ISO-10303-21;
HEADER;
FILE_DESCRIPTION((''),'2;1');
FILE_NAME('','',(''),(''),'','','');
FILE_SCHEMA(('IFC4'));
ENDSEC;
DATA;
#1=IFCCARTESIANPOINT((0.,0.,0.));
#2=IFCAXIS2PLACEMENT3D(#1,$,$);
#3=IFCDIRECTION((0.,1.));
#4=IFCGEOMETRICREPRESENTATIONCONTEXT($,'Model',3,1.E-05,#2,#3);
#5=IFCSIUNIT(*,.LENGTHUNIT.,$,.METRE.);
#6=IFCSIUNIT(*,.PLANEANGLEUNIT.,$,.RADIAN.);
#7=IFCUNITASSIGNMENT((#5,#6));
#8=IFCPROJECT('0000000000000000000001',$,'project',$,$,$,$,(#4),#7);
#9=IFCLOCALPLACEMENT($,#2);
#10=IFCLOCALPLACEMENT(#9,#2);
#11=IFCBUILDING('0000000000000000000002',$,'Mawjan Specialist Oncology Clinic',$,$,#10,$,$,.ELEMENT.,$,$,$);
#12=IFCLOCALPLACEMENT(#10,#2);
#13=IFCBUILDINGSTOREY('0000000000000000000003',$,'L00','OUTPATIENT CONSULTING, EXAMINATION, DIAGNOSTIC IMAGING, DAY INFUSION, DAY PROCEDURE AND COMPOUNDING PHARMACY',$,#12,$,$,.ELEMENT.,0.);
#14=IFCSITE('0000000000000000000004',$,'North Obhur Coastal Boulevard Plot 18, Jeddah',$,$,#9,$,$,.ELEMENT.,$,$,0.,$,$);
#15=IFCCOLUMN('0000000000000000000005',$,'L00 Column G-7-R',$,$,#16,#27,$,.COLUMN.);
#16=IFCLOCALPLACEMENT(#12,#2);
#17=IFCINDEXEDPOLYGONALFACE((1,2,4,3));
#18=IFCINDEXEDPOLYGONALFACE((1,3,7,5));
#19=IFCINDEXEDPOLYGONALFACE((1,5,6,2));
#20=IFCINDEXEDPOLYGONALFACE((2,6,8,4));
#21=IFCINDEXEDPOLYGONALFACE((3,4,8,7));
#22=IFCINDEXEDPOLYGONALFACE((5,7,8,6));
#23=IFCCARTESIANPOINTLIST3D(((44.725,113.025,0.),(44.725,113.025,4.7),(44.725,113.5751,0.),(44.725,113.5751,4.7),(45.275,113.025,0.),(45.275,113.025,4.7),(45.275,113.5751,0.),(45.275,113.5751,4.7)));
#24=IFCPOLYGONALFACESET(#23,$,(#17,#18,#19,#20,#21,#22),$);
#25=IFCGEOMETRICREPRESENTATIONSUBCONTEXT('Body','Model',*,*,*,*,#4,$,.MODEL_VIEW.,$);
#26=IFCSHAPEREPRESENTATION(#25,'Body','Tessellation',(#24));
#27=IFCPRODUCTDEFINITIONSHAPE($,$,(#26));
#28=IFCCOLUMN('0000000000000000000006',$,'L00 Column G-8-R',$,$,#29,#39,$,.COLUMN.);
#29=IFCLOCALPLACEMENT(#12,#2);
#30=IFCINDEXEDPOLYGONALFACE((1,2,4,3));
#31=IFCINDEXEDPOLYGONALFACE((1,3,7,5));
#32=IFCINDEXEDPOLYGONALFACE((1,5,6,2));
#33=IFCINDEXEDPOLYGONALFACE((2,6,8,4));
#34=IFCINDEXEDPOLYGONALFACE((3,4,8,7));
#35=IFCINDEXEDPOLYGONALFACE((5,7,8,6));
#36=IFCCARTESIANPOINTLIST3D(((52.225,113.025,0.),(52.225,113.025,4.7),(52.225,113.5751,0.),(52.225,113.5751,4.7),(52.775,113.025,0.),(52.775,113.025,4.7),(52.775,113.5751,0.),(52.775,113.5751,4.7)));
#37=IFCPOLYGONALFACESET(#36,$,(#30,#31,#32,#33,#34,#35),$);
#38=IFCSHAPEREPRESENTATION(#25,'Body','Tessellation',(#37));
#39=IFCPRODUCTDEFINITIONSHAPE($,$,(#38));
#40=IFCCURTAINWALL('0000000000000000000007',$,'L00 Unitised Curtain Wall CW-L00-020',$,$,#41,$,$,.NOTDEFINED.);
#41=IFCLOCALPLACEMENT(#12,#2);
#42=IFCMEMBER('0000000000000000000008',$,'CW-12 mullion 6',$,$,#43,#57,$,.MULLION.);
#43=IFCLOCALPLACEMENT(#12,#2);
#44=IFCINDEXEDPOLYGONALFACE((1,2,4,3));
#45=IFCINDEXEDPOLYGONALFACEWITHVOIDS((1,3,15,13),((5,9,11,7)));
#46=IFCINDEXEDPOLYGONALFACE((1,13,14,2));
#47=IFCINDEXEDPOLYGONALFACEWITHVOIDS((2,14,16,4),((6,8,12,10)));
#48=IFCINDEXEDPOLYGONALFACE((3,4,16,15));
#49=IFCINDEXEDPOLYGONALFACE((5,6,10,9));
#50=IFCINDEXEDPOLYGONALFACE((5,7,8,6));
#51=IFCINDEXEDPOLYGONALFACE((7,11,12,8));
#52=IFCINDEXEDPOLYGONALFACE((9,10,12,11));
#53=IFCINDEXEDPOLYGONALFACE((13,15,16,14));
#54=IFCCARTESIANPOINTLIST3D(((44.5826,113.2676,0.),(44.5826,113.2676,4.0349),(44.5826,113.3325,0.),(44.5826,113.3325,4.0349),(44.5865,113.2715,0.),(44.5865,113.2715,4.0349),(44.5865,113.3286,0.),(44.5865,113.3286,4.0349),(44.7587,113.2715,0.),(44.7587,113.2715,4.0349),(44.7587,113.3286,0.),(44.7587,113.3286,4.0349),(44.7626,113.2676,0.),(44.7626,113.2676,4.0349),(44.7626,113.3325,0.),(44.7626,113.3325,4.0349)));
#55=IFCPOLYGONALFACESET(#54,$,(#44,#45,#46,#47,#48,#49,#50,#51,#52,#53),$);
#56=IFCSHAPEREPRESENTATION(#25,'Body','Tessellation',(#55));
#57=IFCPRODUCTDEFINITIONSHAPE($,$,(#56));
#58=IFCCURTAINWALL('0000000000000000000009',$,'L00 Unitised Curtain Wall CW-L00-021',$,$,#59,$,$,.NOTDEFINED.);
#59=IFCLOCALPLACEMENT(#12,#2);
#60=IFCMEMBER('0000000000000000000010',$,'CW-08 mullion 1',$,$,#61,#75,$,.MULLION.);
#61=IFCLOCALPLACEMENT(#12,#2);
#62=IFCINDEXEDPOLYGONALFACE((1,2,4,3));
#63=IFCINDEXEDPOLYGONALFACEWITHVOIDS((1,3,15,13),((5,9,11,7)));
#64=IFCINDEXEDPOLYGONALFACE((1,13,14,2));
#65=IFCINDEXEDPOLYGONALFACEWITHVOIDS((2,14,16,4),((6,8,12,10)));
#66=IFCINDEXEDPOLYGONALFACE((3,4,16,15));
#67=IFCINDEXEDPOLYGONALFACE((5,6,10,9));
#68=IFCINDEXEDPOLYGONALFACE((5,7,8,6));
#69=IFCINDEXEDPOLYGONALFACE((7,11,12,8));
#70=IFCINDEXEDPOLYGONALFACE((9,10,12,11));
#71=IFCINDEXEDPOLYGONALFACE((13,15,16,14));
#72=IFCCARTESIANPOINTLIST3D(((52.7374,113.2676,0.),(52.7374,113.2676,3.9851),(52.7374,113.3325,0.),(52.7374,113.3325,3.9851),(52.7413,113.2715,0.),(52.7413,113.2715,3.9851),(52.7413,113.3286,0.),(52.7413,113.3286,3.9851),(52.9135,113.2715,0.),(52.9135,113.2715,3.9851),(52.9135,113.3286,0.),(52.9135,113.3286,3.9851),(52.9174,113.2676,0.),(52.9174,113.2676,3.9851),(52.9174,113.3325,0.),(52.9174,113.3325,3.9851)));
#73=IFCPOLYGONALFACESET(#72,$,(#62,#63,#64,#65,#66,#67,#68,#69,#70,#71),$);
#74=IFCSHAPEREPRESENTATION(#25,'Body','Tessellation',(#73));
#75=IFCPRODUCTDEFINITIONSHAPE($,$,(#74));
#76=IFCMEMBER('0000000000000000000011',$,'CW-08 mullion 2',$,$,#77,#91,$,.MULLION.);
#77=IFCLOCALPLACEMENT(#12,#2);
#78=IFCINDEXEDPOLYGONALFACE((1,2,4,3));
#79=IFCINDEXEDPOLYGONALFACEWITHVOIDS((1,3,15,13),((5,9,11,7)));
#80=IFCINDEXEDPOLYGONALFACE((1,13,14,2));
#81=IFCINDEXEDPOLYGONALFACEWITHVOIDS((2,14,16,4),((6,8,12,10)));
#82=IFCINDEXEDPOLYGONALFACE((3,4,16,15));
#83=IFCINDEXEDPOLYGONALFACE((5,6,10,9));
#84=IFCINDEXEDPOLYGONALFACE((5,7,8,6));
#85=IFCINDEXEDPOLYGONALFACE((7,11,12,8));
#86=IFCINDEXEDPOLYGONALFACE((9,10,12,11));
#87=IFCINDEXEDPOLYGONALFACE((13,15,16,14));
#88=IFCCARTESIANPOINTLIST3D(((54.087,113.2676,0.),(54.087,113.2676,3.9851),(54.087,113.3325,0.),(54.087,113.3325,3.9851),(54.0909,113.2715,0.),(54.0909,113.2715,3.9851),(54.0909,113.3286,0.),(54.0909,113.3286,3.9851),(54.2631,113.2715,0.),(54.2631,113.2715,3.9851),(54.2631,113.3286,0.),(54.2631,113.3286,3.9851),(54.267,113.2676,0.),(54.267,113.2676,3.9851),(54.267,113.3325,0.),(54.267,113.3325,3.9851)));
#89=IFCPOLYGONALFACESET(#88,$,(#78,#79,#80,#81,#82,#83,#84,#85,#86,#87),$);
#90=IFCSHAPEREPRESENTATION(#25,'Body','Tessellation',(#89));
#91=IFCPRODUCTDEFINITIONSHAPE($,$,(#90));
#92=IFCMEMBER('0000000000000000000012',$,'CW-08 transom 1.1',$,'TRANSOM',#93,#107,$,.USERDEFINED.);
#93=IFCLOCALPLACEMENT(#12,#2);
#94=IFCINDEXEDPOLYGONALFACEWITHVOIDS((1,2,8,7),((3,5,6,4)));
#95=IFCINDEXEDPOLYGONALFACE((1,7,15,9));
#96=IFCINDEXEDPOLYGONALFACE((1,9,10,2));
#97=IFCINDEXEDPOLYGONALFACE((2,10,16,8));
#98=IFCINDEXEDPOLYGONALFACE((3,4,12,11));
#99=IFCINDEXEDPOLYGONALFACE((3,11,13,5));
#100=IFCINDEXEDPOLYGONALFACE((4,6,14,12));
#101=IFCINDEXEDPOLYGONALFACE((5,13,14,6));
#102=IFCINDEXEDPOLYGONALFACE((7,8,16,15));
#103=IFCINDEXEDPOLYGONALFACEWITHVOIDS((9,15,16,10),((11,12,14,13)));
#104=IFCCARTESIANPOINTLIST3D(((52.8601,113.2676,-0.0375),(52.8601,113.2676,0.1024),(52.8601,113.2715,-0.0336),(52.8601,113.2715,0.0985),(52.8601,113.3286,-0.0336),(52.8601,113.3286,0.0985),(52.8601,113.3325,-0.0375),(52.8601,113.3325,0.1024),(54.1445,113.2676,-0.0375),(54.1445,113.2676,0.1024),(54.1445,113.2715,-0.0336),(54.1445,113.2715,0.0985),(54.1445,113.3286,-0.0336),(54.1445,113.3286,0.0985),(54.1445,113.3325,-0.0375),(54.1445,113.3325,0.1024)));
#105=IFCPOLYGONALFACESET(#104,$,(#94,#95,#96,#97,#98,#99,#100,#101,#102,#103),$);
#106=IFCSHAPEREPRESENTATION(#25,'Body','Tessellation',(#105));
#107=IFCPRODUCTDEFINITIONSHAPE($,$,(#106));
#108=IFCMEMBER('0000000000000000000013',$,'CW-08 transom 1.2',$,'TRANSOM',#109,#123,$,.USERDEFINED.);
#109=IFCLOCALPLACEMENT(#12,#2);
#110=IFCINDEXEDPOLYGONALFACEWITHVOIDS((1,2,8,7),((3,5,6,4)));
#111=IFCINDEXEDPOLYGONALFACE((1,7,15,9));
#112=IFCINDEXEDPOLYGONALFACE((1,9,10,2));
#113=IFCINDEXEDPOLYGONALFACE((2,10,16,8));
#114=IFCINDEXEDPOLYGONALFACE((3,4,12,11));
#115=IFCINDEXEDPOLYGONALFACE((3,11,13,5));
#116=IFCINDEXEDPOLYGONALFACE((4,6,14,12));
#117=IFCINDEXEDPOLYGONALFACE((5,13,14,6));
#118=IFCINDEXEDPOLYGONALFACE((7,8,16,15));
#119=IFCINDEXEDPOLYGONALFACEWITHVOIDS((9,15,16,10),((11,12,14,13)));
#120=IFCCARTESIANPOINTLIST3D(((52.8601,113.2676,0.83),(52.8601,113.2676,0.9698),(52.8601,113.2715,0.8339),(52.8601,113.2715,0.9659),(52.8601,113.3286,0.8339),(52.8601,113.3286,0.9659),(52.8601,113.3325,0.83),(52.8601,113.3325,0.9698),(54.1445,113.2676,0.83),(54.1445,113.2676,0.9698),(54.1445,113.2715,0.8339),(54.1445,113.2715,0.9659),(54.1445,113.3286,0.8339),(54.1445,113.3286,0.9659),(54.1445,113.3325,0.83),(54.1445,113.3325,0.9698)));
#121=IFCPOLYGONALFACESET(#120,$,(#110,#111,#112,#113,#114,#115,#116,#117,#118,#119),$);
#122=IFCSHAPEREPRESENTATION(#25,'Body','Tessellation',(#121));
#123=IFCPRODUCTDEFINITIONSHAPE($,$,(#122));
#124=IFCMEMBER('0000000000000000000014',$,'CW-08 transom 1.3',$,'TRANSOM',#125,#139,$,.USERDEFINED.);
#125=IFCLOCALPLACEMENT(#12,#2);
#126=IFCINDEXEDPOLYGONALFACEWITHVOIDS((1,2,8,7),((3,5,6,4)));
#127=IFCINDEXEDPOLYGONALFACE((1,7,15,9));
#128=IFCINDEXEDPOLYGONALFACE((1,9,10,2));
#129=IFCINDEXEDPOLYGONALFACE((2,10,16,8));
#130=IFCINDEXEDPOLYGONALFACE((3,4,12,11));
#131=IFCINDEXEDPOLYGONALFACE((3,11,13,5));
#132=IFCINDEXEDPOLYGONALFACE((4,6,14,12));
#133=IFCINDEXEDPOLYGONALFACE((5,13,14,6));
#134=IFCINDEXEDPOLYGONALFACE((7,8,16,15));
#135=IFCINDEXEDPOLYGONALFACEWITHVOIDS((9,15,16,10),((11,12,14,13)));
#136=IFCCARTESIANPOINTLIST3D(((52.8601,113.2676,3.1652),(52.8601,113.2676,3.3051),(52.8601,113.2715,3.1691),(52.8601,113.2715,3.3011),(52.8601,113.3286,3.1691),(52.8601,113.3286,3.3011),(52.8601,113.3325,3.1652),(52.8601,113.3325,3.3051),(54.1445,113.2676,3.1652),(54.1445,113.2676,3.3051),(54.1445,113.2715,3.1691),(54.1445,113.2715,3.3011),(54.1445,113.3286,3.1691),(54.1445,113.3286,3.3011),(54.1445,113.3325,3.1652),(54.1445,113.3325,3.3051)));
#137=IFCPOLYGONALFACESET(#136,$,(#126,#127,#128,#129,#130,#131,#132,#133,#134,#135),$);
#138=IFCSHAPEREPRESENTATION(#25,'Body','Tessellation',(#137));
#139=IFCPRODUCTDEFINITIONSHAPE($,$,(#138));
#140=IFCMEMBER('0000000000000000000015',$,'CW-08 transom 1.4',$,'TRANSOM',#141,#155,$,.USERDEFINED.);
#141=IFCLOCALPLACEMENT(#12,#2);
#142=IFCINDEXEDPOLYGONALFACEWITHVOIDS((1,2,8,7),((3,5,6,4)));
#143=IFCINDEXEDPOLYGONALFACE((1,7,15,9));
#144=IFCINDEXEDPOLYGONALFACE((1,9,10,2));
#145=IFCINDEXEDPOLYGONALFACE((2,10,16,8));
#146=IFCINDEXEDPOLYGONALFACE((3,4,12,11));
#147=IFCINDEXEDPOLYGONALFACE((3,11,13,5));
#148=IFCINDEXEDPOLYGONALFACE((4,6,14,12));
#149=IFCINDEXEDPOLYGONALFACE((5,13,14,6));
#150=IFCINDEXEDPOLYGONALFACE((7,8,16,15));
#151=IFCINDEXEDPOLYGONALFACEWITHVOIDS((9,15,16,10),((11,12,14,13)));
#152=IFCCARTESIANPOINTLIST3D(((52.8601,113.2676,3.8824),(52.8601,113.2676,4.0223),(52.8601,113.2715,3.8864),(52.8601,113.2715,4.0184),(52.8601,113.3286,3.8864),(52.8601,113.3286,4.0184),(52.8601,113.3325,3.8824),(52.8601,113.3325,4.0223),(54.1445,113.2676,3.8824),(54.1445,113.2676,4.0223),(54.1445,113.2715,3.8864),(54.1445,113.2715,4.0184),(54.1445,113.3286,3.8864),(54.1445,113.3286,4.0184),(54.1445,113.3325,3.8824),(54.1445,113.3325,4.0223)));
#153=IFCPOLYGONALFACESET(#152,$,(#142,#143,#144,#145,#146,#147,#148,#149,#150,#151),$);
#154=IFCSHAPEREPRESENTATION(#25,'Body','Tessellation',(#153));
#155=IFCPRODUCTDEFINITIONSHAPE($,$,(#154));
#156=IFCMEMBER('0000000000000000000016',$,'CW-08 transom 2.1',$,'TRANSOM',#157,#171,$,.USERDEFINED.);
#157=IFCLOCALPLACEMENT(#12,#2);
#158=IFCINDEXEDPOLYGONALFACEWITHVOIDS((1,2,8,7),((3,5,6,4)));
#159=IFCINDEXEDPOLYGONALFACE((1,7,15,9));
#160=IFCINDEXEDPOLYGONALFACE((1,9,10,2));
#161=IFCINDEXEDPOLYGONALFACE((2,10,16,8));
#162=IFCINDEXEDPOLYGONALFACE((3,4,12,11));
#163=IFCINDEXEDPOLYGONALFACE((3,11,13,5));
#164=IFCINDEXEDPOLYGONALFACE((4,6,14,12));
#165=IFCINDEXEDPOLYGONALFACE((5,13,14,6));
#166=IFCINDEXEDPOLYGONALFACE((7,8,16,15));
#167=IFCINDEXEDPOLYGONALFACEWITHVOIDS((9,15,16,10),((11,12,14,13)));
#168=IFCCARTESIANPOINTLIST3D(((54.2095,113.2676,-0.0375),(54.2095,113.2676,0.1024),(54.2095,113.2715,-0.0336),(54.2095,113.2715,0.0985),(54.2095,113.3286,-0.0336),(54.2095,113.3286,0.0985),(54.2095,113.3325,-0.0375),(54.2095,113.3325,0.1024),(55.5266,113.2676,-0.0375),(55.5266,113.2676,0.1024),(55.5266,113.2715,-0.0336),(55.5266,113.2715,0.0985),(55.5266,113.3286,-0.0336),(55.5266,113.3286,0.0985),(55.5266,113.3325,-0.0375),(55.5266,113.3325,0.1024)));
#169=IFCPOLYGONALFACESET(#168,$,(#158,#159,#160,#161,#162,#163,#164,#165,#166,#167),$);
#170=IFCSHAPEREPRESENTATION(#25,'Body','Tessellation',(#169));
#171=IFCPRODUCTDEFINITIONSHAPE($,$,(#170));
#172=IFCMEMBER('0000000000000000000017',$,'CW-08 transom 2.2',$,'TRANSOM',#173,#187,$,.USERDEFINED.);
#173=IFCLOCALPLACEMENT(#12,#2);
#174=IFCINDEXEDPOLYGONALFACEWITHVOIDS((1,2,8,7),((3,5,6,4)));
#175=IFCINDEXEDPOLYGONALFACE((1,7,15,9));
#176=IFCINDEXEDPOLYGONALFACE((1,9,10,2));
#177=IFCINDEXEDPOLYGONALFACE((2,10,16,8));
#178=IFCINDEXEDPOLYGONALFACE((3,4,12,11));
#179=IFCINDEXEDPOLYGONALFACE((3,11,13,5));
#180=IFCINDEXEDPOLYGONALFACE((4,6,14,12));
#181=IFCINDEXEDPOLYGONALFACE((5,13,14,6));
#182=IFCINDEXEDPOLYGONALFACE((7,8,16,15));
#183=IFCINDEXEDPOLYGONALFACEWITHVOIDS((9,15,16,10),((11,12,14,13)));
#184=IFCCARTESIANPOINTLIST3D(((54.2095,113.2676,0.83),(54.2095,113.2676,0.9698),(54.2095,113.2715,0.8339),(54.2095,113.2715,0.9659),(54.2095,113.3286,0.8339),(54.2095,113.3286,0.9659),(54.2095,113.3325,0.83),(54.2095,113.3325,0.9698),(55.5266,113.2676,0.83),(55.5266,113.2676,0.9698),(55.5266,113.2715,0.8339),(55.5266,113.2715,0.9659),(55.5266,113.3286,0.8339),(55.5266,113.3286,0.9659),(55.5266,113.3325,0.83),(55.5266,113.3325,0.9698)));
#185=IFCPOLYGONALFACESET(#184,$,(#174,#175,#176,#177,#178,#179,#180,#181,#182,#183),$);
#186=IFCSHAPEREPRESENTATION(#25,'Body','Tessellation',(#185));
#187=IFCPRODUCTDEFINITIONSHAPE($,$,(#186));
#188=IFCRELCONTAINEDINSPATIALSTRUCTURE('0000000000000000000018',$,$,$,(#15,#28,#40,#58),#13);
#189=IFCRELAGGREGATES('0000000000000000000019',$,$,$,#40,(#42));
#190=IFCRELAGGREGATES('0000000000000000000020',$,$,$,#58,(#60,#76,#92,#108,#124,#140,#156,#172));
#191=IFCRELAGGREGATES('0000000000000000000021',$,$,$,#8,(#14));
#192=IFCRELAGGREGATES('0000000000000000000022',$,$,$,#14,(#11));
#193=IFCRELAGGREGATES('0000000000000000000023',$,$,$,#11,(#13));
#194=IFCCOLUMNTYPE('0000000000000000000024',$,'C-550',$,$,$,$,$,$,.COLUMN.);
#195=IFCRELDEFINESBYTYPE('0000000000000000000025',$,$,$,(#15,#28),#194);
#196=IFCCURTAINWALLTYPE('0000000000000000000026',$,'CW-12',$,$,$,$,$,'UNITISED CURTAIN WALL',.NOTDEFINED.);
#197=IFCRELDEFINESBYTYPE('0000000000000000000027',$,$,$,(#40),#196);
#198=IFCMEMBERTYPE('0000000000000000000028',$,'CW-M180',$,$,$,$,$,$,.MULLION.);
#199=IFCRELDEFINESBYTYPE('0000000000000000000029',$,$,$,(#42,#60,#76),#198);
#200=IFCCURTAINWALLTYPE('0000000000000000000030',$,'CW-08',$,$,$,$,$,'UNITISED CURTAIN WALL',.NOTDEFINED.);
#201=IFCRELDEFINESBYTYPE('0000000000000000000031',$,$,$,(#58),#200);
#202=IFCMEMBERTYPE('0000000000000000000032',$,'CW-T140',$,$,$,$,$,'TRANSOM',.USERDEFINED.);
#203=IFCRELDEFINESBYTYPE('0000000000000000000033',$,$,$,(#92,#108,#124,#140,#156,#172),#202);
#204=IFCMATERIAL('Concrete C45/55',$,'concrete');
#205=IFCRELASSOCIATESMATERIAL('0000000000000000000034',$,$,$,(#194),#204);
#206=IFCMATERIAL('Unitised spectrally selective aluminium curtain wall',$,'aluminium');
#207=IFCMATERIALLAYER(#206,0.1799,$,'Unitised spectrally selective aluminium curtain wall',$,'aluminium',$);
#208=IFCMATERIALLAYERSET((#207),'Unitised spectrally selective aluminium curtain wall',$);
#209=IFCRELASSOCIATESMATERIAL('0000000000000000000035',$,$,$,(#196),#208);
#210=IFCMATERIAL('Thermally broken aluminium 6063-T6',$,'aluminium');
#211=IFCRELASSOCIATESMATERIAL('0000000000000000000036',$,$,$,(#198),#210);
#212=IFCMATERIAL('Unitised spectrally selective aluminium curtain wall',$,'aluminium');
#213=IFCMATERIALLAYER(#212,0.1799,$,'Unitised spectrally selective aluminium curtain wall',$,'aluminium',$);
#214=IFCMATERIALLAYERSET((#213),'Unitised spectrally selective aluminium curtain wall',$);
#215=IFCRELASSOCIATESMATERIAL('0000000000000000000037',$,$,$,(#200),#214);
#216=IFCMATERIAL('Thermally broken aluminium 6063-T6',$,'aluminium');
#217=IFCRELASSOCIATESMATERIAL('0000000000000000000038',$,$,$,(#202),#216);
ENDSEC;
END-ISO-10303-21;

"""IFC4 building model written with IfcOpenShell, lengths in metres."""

from ifc_helpers import new_model, si_unit, direction, frame, origin, origin_2d, place, context, subcontext, project, spatial, rectangle, hollow_rectangle, extrude, material, layer, layer_set, material_profile, profile_set, type_object, element, aggregate, save


model = new_model("IFC4")

# Units and contexts
model_context = context("Model", 3, precision=1e-05, world=origin(), true_north=direction((0.0, 1.0)))
body_context = subcontext(model_context, "Body", "Model", "MODEL_VIEW")
ifc_project = project(units=[si_unit("LENGTHUNIT", "METRE"), si_unit("PLANEANGLEUNIT", "RADIAN")], contexts=[model_context])

# Site, building, storey
site_placement = place(None, origin())
site = spatial("IfcSite", under=ifc_project, at=site_placement, Name="North Obhur Coastal Boulevard Plot 18, Jeddah", CompositionType="ELEMENT", RefElevation=0.0)
building_placement = place(site_placement, origin())
building = spatial("IfcBuilding", under=site, at=building_placement, Name="Mawjan Specialist Oncology Clinic", CompositionType="ELEMENT")
storey_placement = place(building_placement, origin())
storey = spatial("IfcBuildingStorey", under=building, at=storey_placement, Name="L00", Description="OUTPATIENT CONSULTING, EXAMINATION, DIAGNOSTIC IMAGING, DAY INFUSION, DAY PROCEDURE AND COMPOUNDING PHARMACY", CompositionType="ELEMENT", Elevation=0.0)

# Columns
ifc_material_1 = material(Name="Concrete C45/55", Category="concrete")
ifc_material_profile_1 = material_profile(ifc_material_1, rectangle(XDim=0.55, YDim=0.55, at=origin_2d()), Name="RC COL 550x550", Category="concrete")
ifc_profile_set_1 = profile_set([ifc_material_profile_1], Name="Concrete C45/55")
column_type = type_object("IfcColumnType", Name="C-550", PredefinedType="COLUMN", material=ifc_profile_set_1)
for number, where, z_axis, x_axis, name in (
    (1, (45.0, 113.3, 0.0), (0.0, 0.0, 1.0), (1.0, 0.0, 0.0), "L00 Column G-7-R"),
    (2, (52.5, 113.3, 0.0), (0.0, 0.0, 1.0), (1.0, 0.0, 0.0), "L00 Column G-8-R"),
):
    element("IfcColumn", number, at=place(storey_placement, frame(where, z_axis=z_axis, x_axis=x_axis)), inside=storey, type_object=column_type, Name=name, PredefinedType="COLUMN", context=body_context, shape_type="SweptSolid", body=[
        extrude(rectangle(XDim=0.55, YDim=0.55, at=origin_2d()), origin(), (0.0, 0.0, 1.0), 4.7),
    ])

# Curtain wall, member
ifc_material_2 = material(Name="Unitised spectrally selective aluminium curtain wall", Category="aluminium")
ifc_layer_1 = layer(ifc_material_2, 0.1799, Name="Unitised spectrally selective aluminium curtain wall", Category="aluminium")
ifc_layer_set_1 = layer_set([ifc_layer_1], Name="Unitised spectrally selective aluminium curtain wall")
curtain_wall_type_1 = type_object("IfcCurtainWallType", Name="CW-12", ElementType="UNITISED CURTAIN WALL", PredefinedType="NOTDEFINED", material=ifc_layer_set_1)
curtain_wall_1_placement = place(storey_placement, origin())
curtain_wall_1 = element("IfcCurtainWall", 3, at=curtain_wall_1_placement, inside=storey, type_object=curtain_wall_type_1, Name="L00 Unitised Curtain Wall CW-L00-020", PredefinedType="NOTDEFINED")
ifc_material_3 = material(Name="Thermally broken aluminium 6063-T6", Category="aluminium")
ifc_material_profile_2 = material_profile(ifc_material_3, hollow_rectangle(XDim=0.0649, YDim=0.1799, WallThickness=0.0039, at=origin_2d()), Name="ALU MULLION 180x65x4", Category="aluminium")
ifc_profile_set_2 = profile_set([ifc_material_profile_2], Name="Thermally broken aluminium 6063-T6")
member_type_1 = type_object("IfcMemberType", Name="CW-M180", PredefinedType="MULLION", material=ifc_profile_set_2)
member_1_placement = place(storey_placement, frame((44.6726, 113.3, 0.0), z_axis=(0.0, 0.0, 1.0), x_axis=(0.0, 1.0, 0.0)))
member_1 = element("IfcMember", 4, at=member_1_placement, type_object=member_type_1, Name="CW-12 mullion 6", PredefinedType="MULLION", context=body_context, shape_type="SweptSolid", body=[
    extrude(hollow_rectangle(XDim=0.0649, YDim=0.1799, WallThickness=0.0039, at=origin_2d()), origin(), (0.0, 0.0, 1.0), 4.0349),
])

# Curtain wall, members
ifc_material_4 = material(Name="Unitised spectrally selective aluminium curtain wall", Category="aluminium")
ifc_layer_2 = layer(ifc_material_4, 0.1799, Name="Unitised spectrally selective aluminium curtain wall", Category="aluminium")
ifc_layer_set_2 = layer_set([ifc_layer_2], Name="Unitised spectrally selective aluminium curtain wall")
curtain_wall_type_2 = type_object("IfcCurtainWallType", Name="CW-08", ElementType="UNITISED CURTAIN WALL", PredefinedType="NOTDEFINED", material=ifc_layer_set_2)
curtain_wall_2_placement = place(storey_placement, origin())
curtain_wall_2 = element("IfcCurtainWall", 5, at=curtain_wall_2_placement, inside=storey, type_object=curtain_wall_type_2, Name="L00 Unitised Curtain Wall CW-L00-021", PredefinedType="NOTDEFINED")
member_2_placement = place(storey_placement, frame((52.8274, 113.3, 0.0), z_axis=(0.0, 0.0, 1.0), x_axis=(0.0, 1.0, 0.0)))
member_2 = element("IfcMember", 6, at=member_2_placement, type_object=member_type_1, Name="CW-08 mullion 1", PredefinedType="MULLION", context=body_context, shape_type="SweptSolid", body=[
    extrude(hollow_rectangle(XDim=0.0649, YDim=0.1799, WallThickness=0.0039, at=origin_2d()), origin(), (0.0, 0.0, 1.0), 3.9851),
])
member_3_placement = place(storey_placement, frame((54.177, 113.3, 0.0), z_axis=(0.0, 0.0, 1.0), x_axis=(0.0, 1.0, 0.0)))
member_3 = element("IfcMember", 7, at=member_3_placement, type_object=member_type_1, Name="CW-08 mullion 2", PredefinedType="MULLION", context=body_context, shape_type="SweptSolid", body=[
    extrude(hollow_rectangle(XDim=0.0649, YDim=0.1799, WallThickness=0.0039, at=origin_2d()), origin(), (0.0, 0.0, 1.0), 3.9851),
])
ifc_material_5 = material(Name="Thermally broken aluminium 6063-T6", Category="aluminium")
ifc_material_profile_3 = material_profile(ifc_material_5, hollow_rectangle(XDim=0.0649, YDim=0.1399, WallThickness=0.0039, at=origin_2d()), Name="ALU TRANSOM 140x65x4", Category="aluminium")
ifc_profile_set_3 = profile_set([ifc_material_profile_3], Name="Thermally broken aluminium 6063-T6")
member_type_2 = type_object("IfcMemberType", Name="CW-T140", ElementType="TRANSOM", PredefinedType="USERDEFINED", material=ifc_profile_set_3)
member_4_placement = place(storey_placement, frame((52.8601, 113.3, 0.0325), z_axis=(1.0, 0.0, 0.0), x_axis=(0.0, 1.0, 0.0)))
member_4 = element("IfcMember", 8, at=member_4_placement, type_object=member_type_2, Name="CW-08 transom 1.1", ObjectType="TRANSOM", PredefinedType="USERDEFINED", context=body_context, shape_type="SweptSolid", body=[
    extrude(hollow_rectangle(XDim=0.0649, YDim=0.1399, WallThickness=0.0039, at=origin_2d()), origin(), (0.0, 0.0, 1.0), 1.2844),
])
member_5_placement = place(storey_placement, frame((52.8601, 113.3, 0.8999), z_axis=(1.0, 0.0, 0.0), x_axis=(0.0, 1.0, 0.0)))
member_5 = element("IfcMember", 9, at=member_5_placement, type_object=member_type_2, Name="CW-08 transom 1.2", ObjectType="TRANSOM", PredefinedType="USERDEFINED", context=body_context, shape_type="SweptSolid", body=[
    extrude(hollow_rectangle(XDim=0.0649, YDim=0.1399, WallThickness=0.0039, at=origin_2d()), origin(), (0.0, 0.0, 1.0), 1.2844),
])
member_6_placement = place(storey_placement, frame((52.8601, 113.3, 3.2351), z_axis=(1.0, 0.0, 0.0), x_axis=(0.0, 1.0, 0.0)))
member_6 = element("IfcMember", 10, at=member_6_placement, type_object=member_type_2, Name="CW-08 transom 1.3", ObjectType="TRANSOM", PredefinedType="USERDEFINED", context=body_context, shape_type="SweptSolid", body=[
    extrude(hollow_rectangle(XDim=0.0649, YDim=0.1399, WallThickness=0.0039, at=origin_2d()), origin(), (0.0, 0.0, 1.0), 1.2844),
])
member_7_placement = place(storey_placement, frame((52.8601, 113.3, 3.9524), z_axis=(1.0, 0.0, 0.0), x_axis=(0.0, 1.0, 0.0)))
member_7 = element("IfcMember", 11, at=member_7_placement, type_object=member_type_2, Name="CW-08 transom 1.4", ObjectType="TRANSOM", PredefinedType="USERDEFINED", context=body_context, shape_type="SweptSolid", body=[
    extrude(hollow_rectangle(XDim=0.0649, YDim=0.1399, WallThickness=0.0039, at=origin_2d()), origin(), (0.0, 0.0, 1.0), 1.2844),
])
member_8_placement = place(storey_placement, frame((54.2095, 113.3, 0.0325), z_axis=(1.0, 0.0, 0.0), x_axis=(0.0, 1.0, 0.0)))
member_8 = element("IfcMember", 12, at=member_8_placement, type_object=member_type_2, Name="CW-08 transom 2.1", ObjectType="TRANSOM", PredefinedType="USERDEFINED", context=body_context, shape_type="SweptSolid", body=[
    extrude(hollow_rectangle(XDim=0.0649, YDim=0.1399, WallThickness=0.0039, at=origin_2d()), origin(), (0.0, 0.0, 1.0), 1.3171),
])
member_9_placement = place(storey_placement, frame((54.2095, 113.3, 0.8999), z_axis=(1.0, 0.0, 0.0), x_axis=(0.0, 1.0, 0.0)))
member_9 = element("IfcMember", 13, at=member_9_placement, type_object=member_type_2, Name="CW-08 transom 2.2", ObjectType="TRANSOM", PredefinedType="USERDEFINED", context=body_context, shape_type="SweptSolid", body=[
    extrude(hollow_rectangle(XDim=0.0649, YDim=0.1399, WallThickness=0.0039, at=origin_2d()), origin(), (0.0, 0.0, 1.0), 1.3171),
])

aggregate(curtain_wall_1, [member_1])
aggregate(curtain_wall_2, [member_2, member_3, member_4, member_5, member_6, member_7, member_8, member_9])

save(model, "model.ifc")
